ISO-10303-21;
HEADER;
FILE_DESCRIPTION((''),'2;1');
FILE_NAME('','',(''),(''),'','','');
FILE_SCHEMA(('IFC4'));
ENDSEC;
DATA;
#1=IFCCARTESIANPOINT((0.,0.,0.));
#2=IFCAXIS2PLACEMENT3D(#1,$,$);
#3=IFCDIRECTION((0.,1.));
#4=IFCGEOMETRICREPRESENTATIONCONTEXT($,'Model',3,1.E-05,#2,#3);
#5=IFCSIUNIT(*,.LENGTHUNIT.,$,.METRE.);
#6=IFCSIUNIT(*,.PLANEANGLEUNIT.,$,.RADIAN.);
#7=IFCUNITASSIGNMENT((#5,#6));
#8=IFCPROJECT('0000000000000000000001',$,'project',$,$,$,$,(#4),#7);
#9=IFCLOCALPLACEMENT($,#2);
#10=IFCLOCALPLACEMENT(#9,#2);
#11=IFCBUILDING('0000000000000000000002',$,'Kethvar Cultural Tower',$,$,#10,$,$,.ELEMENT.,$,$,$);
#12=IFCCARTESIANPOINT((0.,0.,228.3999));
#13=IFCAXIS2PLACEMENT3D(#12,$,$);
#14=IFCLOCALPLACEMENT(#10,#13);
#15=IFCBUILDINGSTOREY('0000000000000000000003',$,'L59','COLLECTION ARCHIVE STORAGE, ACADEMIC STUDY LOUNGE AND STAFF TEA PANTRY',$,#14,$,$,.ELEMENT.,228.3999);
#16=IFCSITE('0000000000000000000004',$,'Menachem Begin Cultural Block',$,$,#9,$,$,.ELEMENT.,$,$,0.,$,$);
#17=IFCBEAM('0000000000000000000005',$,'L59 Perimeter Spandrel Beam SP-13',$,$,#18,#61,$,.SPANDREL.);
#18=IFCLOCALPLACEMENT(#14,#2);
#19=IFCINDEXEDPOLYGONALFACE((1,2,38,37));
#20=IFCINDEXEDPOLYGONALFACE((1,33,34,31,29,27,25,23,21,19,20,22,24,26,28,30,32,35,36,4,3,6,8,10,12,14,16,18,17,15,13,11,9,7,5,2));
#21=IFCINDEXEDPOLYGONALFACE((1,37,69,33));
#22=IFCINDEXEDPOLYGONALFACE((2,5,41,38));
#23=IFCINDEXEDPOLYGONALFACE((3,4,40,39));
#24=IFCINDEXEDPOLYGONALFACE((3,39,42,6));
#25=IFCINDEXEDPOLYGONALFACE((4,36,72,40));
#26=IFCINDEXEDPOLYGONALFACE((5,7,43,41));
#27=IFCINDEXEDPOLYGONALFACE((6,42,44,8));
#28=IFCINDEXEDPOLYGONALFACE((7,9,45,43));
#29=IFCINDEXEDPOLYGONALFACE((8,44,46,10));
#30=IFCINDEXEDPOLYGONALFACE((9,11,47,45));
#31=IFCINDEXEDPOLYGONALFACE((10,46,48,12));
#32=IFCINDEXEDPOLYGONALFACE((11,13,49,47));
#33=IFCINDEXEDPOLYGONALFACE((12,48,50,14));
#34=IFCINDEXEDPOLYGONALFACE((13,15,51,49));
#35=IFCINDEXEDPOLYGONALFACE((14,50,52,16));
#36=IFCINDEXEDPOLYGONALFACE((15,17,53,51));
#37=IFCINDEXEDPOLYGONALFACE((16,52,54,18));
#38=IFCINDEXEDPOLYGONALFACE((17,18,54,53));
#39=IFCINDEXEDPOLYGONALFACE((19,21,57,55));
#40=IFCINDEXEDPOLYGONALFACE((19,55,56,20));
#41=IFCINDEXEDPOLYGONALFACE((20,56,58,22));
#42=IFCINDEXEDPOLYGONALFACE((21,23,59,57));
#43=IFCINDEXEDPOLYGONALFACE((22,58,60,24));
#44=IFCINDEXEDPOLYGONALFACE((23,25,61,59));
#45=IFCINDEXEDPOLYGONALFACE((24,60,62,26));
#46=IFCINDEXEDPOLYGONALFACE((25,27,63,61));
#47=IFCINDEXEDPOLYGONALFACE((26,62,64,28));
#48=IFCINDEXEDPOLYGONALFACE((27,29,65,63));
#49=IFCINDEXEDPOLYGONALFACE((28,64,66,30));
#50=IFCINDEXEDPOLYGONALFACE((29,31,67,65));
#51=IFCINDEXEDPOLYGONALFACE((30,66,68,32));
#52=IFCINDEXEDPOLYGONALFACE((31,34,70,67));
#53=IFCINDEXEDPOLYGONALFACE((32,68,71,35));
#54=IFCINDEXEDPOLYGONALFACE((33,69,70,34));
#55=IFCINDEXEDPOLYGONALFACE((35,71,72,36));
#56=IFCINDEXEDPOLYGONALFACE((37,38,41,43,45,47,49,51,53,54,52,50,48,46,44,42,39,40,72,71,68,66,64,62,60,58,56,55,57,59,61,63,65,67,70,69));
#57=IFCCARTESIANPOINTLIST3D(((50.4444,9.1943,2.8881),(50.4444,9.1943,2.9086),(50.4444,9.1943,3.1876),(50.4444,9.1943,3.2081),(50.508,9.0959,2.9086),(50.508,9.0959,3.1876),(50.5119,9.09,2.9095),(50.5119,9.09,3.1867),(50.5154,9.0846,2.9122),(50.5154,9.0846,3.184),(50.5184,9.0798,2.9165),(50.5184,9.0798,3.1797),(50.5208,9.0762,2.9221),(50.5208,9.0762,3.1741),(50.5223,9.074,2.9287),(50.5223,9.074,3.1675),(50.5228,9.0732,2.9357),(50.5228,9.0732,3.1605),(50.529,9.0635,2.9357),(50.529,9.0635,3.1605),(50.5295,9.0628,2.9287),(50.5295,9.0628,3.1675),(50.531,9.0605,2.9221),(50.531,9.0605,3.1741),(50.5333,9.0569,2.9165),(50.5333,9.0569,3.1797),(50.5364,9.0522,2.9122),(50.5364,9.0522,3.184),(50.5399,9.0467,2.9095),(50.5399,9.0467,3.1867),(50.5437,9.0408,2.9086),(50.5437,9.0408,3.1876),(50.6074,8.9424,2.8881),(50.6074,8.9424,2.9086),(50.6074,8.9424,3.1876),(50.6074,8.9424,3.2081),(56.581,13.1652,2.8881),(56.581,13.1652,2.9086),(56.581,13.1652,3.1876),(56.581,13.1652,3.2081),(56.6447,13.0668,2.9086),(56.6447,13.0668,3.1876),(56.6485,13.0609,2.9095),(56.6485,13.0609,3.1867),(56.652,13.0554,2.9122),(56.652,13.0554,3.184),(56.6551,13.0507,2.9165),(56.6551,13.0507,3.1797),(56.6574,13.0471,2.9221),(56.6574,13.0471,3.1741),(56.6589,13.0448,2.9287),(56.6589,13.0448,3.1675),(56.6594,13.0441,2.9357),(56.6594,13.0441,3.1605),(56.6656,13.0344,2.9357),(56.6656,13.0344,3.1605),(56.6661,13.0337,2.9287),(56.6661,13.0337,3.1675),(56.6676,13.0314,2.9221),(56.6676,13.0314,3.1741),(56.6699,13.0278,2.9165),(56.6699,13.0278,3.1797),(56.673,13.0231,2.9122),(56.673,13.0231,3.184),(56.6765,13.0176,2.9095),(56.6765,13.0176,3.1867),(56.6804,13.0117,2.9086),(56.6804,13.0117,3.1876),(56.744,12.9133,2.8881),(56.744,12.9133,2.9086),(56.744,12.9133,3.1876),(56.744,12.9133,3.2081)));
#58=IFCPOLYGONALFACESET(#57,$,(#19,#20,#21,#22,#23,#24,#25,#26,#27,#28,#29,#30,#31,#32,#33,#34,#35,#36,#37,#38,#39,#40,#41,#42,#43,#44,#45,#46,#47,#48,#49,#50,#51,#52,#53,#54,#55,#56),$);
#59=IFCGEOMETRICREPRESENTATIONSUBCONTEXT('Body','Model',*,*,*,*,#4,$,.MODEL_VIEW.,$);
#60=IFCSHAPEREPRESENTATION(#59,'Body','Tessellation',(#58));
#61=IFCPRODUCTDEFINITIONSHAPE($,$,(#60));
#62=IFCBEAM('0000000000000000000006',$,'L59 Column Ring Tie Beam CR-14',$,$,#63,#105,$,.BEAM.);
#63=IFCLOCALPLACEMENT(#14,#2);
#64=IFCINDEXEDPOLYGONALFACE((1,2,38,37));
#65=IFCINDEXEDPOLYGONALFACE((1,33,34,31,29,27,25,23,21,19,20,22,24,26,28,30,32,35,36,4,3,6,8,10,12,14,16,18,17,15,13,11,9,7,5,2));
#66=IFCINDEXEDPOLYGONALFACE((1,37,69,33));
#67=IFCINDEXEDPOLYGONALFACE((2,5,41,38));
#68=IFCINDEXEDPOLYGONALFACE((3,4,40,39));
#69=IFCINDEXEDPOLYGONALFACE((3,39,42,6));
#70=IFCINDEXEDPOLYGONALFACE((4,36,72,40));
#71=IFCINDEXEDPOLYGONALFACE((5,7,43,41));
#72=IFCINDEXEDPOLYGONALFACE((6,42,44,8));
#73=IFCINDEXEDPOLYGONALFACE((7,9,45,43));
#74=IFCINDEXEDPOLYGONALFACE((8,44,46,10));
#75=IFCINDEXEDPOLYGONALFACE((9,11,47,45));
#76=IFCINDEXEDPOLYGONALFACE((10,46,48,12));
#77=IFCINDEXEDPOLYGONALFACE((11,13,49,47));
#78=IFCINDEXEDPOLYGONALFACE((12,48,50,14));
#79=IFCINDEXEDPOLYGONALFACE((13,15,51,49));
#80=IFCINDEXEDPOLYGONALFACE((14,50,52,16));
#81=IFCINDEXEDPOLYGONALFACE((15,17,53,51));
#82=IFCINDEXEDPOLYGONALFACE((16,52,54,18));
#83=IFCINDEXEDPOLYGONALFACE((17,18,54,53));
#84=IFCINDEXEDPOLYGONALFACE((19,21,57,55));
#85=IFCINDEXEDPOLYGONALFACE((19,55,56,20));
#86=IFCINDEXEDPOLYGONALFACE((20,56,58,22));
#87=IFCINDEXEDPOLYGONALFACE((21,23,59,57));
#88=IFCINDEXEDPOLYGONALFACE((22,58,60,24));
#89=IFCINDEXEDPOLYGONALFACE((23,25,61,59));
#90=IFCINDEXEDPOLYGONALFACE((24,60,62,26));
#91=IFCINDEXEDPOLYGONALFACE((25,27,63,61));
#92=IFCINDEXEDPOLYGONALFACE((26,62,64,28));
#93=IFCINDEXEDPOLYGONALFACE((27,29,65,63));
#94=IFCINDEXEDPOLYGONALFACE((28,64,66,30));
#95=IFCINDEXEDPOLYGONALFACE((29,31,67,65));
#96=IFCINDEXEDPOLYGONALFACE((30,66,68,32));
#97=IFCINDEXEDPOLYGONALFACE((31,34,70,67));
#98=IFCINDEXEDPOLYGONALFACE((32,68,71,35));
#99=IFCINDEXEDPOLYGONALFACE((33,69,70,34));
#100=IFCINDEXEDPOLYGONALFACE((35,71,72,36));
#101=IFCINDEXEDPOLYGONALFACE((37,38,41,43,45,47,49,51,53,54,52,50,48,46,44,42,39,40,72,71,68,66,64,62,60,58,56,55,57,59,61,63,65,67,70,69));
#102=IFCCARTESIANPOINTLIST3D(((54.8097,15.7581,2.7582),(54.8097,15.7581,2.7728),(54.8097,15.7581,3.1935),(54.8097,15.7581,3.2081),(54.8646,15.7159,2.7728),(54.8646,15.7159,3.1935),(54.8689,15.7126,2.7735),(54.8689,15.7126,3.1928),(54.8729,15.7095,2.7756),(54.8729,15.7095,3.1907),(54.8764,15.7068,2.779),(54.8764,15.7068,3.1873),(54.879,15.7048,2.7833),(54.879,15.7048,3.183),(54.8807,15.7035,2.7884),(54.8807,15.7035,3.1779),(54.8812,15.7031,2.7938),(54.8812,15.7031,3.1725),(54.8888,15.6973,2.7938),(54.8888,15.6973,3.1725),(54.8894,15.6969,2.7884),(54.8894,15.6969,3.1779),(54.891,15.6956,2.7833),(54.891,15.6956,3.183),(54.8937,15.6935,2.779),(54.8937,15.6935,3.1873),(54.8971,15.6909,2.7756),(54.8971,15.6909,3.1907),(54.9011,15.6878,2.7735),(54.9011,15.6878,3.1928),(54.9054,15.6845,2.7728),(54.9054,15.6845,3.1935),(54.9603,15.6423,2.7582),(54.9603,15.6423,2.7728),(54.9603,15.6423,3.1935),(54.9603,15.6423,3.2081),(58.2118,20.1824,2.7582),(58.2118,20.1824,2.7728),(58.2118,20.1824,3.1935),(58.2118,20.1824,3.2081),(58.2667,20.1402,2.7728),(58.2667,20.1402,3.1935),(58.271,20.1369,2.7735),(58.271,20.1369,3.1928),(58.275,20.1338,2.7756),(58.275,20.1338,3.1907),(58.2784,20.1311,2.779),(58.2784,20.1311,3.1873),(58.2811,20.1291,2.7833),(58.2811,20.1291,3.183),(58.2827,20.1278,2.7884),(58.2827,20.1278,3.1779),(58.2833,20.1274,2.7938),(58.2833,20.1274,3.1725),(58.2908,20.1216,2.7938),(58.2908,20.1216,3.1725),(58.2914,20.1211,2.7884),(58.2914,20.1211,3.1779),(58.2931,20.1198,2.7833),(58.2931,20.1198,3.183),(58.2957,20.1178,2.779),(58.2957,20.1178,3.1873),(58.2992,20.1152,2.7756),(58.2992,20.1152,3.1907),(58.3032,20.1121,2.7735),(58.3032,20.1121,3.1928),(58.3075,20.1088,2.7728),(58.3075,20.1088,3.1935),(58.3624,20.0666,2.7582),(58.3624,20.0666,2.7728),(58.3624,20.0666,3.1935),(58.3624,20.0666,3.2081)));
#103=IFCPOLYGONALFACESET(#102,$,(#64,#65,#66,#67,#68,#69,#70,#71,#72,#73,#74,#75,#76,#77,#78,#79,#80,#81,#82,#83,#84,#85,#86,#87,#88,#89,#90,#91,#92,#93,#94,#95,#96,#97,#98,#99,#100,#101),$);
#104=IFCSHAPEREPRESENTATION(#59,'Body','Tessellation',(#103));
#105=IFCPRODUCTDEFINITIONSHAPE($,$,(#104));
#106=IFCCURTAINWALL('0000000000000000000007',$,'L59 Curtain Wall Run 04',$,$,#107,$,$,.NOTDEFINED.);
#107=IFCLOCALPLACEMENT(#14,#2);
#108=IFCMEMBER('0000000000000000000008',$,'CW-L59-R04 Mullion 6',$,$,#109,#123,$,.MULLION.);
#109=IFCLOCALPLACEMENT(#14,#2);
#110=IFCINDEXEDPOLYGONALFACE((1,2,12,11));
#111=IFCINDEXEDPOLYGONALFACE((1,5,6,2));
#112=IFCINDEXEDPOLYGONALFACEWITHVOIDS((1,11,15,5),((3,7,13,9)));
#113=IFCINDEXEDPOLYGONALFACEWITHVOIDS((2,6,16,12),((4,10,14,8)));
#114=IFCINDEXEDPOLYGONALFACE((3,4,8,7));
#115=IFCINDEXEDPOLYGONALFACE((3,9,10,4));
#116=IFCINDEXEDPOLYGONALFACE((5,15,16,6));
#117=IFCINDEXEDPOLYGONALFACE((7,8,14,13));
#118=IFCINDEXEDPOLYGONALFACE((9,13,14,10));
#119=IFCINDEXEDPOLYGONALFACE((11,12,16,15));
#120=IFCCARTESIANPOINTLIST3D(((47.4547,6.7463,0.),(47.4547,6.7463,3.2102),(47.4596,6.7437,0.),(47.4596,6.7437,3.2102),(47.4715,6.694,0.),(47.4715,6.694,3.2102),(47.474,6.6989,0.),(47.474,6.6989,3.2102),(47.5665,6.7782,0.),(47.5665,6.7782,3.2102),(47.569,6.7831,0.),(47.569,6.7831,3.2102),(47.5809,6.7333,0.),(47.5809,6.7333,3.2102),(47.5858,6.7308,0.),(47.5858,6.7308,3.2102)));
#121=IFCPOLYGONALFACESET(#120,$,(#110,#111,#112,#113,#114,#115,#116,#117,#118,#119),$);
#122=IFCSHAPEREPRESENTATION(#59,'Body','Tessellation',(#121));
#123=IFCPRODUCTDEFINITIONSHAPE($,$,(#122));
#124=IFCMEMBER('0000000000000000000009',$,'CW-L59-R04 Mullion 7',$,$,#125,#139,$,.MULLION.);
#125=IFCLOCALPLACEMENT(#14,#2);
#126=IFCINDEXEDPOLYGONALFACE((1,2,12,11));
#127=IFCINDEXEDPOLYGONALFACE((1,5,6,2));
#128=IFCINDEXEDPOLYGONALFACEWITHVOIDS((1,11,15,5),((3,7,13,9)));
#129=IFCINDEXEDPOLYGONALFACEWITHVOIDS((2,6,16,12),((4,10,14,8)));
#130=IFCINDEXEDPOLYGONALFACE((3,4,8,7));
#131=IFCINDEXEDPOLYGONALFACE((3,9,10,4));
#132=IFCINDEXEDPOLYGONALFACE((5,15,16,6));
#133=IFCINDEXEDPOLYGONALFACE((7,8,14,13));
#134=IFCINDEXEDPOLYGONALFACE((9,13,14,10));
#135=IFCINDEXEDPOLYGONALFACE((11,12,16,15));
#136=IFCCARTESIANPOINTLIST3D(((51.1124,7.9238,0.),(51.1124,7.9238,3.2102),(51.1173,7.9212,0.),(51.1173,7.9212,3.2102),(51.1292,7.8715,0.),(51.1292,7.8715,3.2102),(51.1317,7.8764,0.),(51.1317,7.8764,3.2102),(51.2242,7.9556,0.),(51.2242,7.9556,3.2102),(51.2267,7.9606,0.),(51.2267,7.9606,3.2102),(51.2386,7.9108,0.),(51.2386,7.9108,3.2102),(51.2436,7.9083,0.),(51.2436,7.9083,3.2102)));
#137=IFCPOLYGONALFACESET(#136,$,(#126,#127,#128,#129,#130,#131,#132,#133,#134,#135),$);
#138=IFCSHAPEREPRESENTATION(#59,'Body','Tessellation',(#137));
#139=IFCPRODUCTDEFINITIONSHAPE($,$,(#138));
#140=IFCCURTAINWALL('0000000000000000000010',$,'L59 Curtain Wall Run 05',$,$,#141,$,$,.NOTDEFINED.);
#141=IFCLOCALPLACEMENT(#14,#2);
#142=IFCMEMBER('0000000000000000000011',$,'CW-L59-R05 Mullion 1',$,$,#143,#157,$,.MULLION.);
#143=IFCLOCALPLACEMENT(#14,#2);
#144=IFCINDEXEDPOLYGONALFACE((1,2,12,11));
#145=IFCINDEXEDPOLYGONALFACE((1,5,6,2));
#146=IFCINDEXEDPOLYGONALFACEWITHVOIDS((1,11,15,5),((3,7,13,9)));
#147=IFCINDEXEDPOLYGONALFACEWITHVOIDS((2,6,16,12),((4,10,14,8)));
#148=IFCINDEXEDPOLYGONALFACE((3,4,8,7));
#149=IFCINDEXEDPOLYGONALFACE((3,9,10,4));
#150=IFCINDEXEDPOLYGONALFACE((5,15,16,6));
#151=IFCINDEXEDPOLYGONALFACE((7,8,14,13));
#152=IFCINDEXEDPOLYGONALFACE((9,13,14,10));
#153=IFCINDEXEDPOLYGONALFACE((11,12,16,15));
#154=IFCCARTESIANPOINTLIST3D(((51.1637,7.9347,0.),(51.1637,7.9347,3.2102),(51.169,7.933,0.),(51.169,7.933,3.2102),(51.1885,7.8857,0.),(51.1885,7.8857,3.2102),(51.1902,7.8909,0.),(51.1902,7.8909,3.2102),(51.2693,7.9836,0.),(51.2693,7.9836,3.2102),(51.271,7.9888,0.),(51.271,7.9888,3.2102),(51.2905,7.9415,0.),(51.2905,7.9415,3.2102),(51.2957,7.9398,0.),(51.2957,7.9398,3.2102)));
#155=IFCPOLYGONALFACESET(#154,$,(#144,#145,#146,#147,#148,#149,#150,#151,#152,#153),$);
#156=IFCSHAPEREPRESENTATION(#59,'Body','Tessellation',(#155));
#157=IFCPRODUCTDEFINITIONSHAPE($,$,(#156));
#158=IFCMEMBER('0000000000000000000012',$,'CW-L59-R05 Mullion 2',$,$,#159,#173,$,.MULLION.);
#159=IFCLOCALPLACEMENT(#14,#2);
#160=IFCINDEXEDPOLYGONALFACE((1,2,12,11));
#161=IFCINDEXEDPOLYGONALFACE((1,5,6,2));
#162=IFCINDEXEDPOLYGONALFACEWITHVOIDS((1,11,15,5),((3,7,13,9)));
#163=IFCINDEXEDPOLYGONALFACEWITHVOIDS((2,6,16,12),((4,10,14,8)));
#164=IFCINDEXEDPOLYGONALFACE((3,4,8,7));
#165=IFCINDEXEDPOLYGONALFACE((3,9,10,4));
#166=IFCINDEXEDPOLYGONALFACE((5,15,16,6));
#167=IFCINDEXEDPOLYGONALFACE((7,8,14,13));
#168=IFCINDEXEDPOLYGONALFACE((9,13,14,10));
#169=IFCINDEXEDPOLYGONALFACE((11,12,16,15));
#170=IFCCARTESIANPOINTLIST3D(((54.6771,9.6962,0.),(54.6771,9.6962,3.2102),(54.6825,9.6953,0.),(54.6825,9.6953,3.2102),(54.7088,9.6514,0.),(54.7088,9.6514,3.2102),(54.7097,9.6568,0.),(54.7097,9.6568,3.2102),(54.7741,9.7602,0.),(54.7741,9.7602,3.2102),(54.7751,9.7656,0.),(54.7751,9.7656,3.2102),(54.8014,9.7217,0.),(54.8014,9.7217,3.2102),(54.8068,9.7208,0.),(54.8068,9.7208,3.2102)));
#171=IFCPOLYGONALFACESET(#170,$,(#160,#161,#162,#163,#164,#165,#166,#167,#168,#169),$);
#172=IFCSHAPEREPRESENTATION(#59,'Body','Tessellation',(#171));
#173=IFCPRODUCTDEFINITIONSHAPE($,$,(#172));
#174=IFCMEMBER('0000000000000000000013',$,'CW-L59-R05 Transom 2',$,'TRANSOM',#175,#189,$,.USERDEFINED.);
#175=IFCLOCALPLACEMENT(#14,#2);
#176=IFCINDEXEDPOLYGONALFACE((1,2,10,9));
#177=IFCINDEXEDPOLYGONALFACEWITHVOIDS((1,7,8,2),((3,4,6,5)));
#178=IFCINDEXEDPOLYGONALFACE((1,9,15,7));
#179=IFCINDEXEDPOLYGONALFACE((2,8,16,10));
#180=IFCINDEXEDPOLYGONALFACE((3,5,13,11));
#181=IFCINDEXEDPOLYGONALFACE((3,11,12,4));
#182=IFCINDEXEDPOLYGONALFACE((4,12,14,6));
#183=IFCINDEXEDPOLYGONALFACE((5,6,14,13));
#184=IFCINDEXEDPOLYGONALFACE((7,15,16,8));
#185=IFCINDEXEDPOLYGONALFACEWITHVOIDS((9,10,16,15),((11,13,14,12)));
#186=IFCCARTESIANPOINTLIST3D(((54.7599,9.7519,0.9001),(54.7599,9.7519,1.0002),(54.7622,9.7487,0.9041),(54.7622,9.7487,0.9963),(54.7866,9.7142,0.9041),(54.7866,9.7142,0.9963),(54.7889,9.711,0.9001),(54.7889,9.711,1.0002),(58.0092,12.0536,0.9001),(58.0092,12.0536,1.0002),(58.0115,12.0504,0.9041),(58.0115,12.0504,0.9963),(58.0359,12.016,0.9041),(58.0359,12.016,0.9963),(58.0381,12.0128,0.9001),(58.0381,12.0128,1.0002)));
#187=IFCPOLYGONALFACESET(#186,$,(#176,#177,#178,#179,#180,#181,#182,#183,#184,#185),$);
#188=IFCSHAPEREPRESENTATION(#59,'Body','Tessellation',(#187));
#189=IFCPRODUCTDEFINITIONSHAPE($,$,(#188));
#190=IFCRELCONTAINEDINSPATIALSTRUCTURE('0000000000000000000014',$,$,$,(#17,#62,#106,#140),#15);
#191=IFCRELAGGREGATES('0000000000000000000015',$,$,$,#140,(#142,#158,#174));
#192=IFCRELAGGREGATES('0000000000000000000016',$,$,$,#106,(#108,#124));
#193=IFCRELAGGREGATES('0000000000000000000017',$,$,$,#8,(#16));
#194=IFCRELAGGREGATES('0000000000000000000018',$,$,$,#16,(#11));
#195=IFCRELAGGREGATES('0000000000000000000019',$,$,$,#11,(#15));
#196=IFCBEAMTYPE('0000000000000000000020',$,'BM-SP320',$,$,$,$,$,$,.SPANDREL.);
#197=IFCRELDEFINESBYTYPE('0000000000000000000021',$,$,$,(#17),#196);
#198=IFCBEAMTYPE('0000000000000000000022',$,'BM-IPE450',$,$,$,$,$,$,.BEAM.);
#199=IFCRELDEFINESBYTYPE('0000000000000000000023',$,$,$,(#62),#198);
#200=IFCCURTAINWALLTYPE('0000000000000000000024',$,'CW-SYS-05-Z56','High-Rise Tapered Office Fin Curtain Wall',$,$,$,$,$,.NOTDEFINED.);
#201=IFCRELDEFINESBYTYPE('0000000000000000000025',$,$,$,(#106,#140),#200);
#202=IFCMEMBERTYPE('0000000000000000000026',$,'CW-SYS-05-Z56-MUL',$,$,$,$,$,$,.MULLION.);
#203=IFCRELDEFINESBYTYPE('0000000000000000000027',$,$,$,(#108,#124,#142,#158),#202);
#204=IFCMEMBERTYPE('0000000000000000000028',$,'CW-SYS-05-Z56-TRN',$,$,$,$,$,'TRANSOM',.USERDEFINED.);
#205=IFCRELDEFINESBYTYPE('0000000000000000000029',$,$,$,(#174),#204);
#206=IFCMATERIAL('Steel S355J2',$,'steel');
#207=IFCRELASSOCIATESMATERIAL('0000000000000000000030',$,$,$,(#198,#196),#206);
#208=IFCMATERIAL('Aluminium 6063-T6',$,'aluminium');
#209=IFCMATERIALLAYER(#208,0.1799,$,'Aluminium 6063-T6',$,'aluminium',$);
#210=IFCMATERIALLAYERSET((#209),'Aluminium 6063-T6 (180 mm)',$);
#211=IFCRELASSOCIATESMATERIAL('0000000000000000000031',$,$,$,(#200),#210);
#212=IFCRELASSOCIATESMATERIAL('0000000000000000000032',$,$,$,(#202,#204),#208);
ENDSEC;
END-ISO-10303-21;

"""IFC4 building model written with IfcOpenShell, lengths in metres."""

from ifc_helpers import new_model, si_unit, direction, frame, origin, origin_2d, place, context, subcontext, project, spatial, hollow_rectangle, i_section, extrude, source, transform, mapped, material, layer, layer_set, material_profile, profile_set, type_object, element, aggregate, save


model = new_model("IFC4")

# Units and contexts
model_context = context("Model", 3, precision=1e-05, world=origin(), true_north=direction((0.0, 1.0)))
body_context = subcontext(model_context, "Body", "Model", "MODEL_VIEW")
ifc_project = project(units=[si_unit("LENGTHUNIT", "METRE"), si_unit("PLANEANGLEUNIT", "RADIAN")], contexts=[model_context])

# Site, building, storey
site_placement = place(None, origin())
site = spatial("IfcSite", under=ifc_project, at=site_placement, Name="Menachem Begin Cultural Block", CompositionType="ELEMENT", RefElevation=0.0)
building_placement = place(site_placement, origin())
building = spatial("IfcBuilding", under=site, at=building_placement, Name="Kethvar Cultural Tower", CompositionType="ELEMENT")
storey_placement = place(building_placement, frame((0.0, 0.0, 228.3999)))
storey = spatial("IfcBuildingStorey", under=building, at=storey_placement, Name="L59", Description="COLLECTION ARCHIVE STORAGE, ACADEMIC STUDY LOUNGE AND STAFF TEA PANTRY", CompositionType="ELEMENT", Elevation=228.3999)

# Beams
ifc_material_1 = material(Name="Steel S355J2", Category="steel")
ifc_material_profile_1 = material_profile(ifc_material_1, i_section(OverallWidth=0.1899, OverallDepth=0.45, WebThickness=0.0095, FlangeThickness=0.0146, FilletRadius=0.021, at=origin_2d()), Name="Steel S355J2 — IPE450")
ifc_profile_set_1 = profile_set([ifc_material_profile_1], Name="Steel S355J2 — IPE450")
beam_type_1 = type_object("IfcBeamType", Name="BM-IPE450", PredefinedType="BEAM", material=ifc_profile_set_1)
ifc_material_profile_2 = material_profile(ifc_material_1, i_section(OverallWidth=0.3, OverallDepth=0.3201, WebThickness=0.0115, FlangeThickness=0.0205, FilletRadius=0.0271, at=origin_2d()), Name="Steel S355J2 — HEB320")
ifc_profile_set_2 = profile_set([ifc_material_profile_2], Name="Steel S355J2 — HEB320")
beam_type_2 = type_object("IfcBeamType", Name="BM-SP320", PredefinedType="SPANDREL", material=ifc_profile_set_2)
shared_shape_1 = source(origin(), body_context, "Body", "SweptSolid", [
    extrude(i_section(OverallWidth=0.3, OverallDepth=0.3201, WebThickness=0.0115, FlangeThickness=0.0205, FilletRadius=0.0271, at=origin_2d()), origin(), (0.0, 0.0, 1.0), 7.3093),
])
beam_1_placement = place(storey_placement, frame((50.5259, 9.0684, 3.0481), z_axis=(0.839562, 0.543264, 0.0), x_axis=(-0.543264, 0.839562, 0.0)))
element("IfcBeam", 1, at=beam_1_placement, inside=storey, type_object=beam_type_2, Name="L59 Perimeter Spandrel Beam SP-13", PredefinedType="SPANDREL", context=body_context, shape_type="MappedRepresentation", body=[
    mapped(shared_shape_1, transform((0.0, 0.0, 0.0), scale=1.0)),
])
shared_shape_2 = source(origin(), body_context, "Body", "SweptSolid", [
    extrude(i_section(OverallWidth=0.1899, OverallDepth=0.45, WebThickness=0.0095, FlangeThickness=0.0146, FilletRadius=0.021, at=origin_2d()), origin(), (0.0, 0.0, 1.0), 5.5811),
])
beam_2_placement = place(storey_placement, frame((54.885, 15.7002, 2.9832), z_axis=(0.609573, 0.79273, 0.0), x_axis=(-0.79273, 0.609573, 0.0)))
element("IfcBeam", 2, at=beam_2_placement, inside=storey, type_object=beam_type_1, Name="L59 Column Ring Tie Beam CR-14", PredefinedType="BEAM", context=body_context, shape_type="MappedRepresentation", body=[
    mapped(shared_shape_2, transform((0.0, 0.0, 0.0), scale=1.0)),
])

# Curtain walls, members
ifc_material_2 = material(Name="Aluminium 6063-T6", Category="aluminium")
ifc_layer_1 = layer(ifc_material_2, 0.1799, Name="Aluminium 6063-T6", Category="aluminium")
ifc_layer_set_1 = layer_set([ifc_layer_1], Name="Aluminium 6063-T6 (180 mm)")
curtain_wall_type = type_object("IfcCurtainWallType", Name="CW-SYS-05-Z56", Description="High-Rise Tapered Office Fin Curtain Wall", PredefinedType="NOTDEFINED", material=ifc_layer_set_1)
curtain_wall_1_placement = place(storey_placement, origin())
curtain_wall_1 = element("IfcCurtainWall", 3, at=curtain_wall_1_placement, inside=storey, type_object=curtain_wall_type, Name="L59 Curtain Wall Run 04", PredefinedType="NOTDEFINED")
ifc_material_profile_3 = material_profile(ifc_material_2, hollow_rectangle(XDim=0.0549, YDim=0.1201, WallThickness=0.0039, at=origin_2d()), Name="Aluminium 6063-T6 — RHS120x55x4")
ifc_profile_set_3 = profile_set([ifc_material_profile_3], Name="Aluminium 6063-T6 — RHS120x55x4")
member_type_1 = type_object("IfcMemberType", Name="CW-SYS-05-Z56-MUL", PredefinedType="MULLION", material=ifc_profile_set_3)
shared_shape_3 = source(origin(), body_context, "Body", "SweptSolid", [
    extrude(hollow_rectangle(XDim=0.0549, YDim=0.1201, WallThickness=0.0039, at=origin_2d()), origin(), (0.0, 0.0, 1.0), 3.2102),
])
member_1_placement = place(storey_placement, frame((47.5203, 6.7385, 0.0), z_axis=(0.0, 0.0, 1.0), x_axis=(-0.30641, 0.9519, 0.0)))
member_1 = element("IfcMember", 4, at=member_1_placement, type_object=member_type_1, Name="CW-L59-R04 Mullion 6", PredefinedType="MULLION", context=body_context, shape_type="MappedRepresentation", body=[
    mapped(shared_shape_3, transform((0.0, 0.0, 0.0), scale=1.0)),
])
member_2_placement = place(storey_placement, frame((51.178, 7.916, 0.0), z_axis=(0.0, 0.0, 1.0), x_axis=(-0.30641, 0.9519, 0.0)))
member_2 = element("IfcMember", 5, at=member_2_placement, type_object=member_type_1, Name="CW-L59-R04 Mullion 7", PredefinedType="MULLION", context=body_context, shape_type="MappedRepresentation", body=[
    mapped(shared_shape_3, transform((0.0, 0.0, 0.0), scale=1.0)),
])
curtain_wall_2_placement = place(storey_placement, origin())
curtain_wall_2 = element("IfcCurtainWall", 6, at=curtain_wall_2_placement, inside=storey, type_object=curtain_wall_type, Name="L59 Curtain Wall Run 05", PredefinedType="NOTDEFINED")
member_3_placement = place(storey_placement, frame((51.2297, 7.9373, 0.0), z_axis=(0.0, 0.0, 1.0), x_axis=(-0.450566, 0.892743, 0.0)))
member_3 = element("IfcMember", 7, at=member_3_placement, type_object=member_type_1, Name="CW-L59-R05 Mullion 1", PredefinedType="MULLION", context=body_context, shape_type="MappedRepresentation", body=[
    mapped(shared_shape_3, transform((0.0, 0.0, 0.0), scale=1.0)),
])
member_4_placement = place(storey_placement, frame((54.7419, 9.7085, 0.0), z_axis=(0.0, 0.0, 1.0), x_axis=(-0.578014, 0.816027, 0.0)))
member_4 = element("IfcMember", 8, at=member_4_placement, type_object=member_type_1, Name="CW-L59-R05 Mullion 2", PredefinedType="MULLION", context=body_context, shape_type="MappedRepresentation", body=[
    mapped(shared_shape_3, transform((0.0, 0.0, 0.0), scale=1.0)),
])
ifc_material_profile_4 = material_profile(ifc_material_2, hollow_rectangle(XDim=0.05, YDim=0.1001, WallThickness=0.0039, at=origin_2d()), Name="Aluminium 6063-T6 — RHS100x50x4")
ifc_profile_set_4 = profile_set([ifc_material_profile_4], Name="Aluminium 6063-T6 — RHS100x50x4")
member_type_2 = type_object("IfcMemberType", Name="CW-SYS-05-Z56-TRN", ElementType="TRANSOM", PredefinedType="USERDEFINED", material=ifc_profile_set_4)
shared_shape_4 = source(origin(), body_context, "Body", "SweptSolid", [
    extrude(hollow_rectangle(XDim=0.05, YDim=0.1001, WallThickness=0.0039, at=origin_2d()), origin(), (0.0, 0.0, 1.0), 3.9819),
])
member_5_placement = place(storey_placement, frame((54.7744, 9.7314, 0.9502), z_axis=(0.816002, 0.57805, 0.0), x_axis=(-0.57805, 0.816002, 0.0)))
member_5 = element("IfcMember", 9, at=member_5_placement, type_object=member_type_2, Name="CW-L59-R05 Transom 2", ObjectType="TRANSOM", PredefinedType="USERDEFINED", context=body_context, shape_type="MappedRepresentation", body=[
    mapped(shared_shape_4, transform((0.0, 0.0, 0.0), scale=1.0)),
])

aggregate(curtain_wall_2, [member_3, member_4, member_5])
aggregate(curtain_wall_1, [member_1, member_2])

save(model, "model.ifc")
